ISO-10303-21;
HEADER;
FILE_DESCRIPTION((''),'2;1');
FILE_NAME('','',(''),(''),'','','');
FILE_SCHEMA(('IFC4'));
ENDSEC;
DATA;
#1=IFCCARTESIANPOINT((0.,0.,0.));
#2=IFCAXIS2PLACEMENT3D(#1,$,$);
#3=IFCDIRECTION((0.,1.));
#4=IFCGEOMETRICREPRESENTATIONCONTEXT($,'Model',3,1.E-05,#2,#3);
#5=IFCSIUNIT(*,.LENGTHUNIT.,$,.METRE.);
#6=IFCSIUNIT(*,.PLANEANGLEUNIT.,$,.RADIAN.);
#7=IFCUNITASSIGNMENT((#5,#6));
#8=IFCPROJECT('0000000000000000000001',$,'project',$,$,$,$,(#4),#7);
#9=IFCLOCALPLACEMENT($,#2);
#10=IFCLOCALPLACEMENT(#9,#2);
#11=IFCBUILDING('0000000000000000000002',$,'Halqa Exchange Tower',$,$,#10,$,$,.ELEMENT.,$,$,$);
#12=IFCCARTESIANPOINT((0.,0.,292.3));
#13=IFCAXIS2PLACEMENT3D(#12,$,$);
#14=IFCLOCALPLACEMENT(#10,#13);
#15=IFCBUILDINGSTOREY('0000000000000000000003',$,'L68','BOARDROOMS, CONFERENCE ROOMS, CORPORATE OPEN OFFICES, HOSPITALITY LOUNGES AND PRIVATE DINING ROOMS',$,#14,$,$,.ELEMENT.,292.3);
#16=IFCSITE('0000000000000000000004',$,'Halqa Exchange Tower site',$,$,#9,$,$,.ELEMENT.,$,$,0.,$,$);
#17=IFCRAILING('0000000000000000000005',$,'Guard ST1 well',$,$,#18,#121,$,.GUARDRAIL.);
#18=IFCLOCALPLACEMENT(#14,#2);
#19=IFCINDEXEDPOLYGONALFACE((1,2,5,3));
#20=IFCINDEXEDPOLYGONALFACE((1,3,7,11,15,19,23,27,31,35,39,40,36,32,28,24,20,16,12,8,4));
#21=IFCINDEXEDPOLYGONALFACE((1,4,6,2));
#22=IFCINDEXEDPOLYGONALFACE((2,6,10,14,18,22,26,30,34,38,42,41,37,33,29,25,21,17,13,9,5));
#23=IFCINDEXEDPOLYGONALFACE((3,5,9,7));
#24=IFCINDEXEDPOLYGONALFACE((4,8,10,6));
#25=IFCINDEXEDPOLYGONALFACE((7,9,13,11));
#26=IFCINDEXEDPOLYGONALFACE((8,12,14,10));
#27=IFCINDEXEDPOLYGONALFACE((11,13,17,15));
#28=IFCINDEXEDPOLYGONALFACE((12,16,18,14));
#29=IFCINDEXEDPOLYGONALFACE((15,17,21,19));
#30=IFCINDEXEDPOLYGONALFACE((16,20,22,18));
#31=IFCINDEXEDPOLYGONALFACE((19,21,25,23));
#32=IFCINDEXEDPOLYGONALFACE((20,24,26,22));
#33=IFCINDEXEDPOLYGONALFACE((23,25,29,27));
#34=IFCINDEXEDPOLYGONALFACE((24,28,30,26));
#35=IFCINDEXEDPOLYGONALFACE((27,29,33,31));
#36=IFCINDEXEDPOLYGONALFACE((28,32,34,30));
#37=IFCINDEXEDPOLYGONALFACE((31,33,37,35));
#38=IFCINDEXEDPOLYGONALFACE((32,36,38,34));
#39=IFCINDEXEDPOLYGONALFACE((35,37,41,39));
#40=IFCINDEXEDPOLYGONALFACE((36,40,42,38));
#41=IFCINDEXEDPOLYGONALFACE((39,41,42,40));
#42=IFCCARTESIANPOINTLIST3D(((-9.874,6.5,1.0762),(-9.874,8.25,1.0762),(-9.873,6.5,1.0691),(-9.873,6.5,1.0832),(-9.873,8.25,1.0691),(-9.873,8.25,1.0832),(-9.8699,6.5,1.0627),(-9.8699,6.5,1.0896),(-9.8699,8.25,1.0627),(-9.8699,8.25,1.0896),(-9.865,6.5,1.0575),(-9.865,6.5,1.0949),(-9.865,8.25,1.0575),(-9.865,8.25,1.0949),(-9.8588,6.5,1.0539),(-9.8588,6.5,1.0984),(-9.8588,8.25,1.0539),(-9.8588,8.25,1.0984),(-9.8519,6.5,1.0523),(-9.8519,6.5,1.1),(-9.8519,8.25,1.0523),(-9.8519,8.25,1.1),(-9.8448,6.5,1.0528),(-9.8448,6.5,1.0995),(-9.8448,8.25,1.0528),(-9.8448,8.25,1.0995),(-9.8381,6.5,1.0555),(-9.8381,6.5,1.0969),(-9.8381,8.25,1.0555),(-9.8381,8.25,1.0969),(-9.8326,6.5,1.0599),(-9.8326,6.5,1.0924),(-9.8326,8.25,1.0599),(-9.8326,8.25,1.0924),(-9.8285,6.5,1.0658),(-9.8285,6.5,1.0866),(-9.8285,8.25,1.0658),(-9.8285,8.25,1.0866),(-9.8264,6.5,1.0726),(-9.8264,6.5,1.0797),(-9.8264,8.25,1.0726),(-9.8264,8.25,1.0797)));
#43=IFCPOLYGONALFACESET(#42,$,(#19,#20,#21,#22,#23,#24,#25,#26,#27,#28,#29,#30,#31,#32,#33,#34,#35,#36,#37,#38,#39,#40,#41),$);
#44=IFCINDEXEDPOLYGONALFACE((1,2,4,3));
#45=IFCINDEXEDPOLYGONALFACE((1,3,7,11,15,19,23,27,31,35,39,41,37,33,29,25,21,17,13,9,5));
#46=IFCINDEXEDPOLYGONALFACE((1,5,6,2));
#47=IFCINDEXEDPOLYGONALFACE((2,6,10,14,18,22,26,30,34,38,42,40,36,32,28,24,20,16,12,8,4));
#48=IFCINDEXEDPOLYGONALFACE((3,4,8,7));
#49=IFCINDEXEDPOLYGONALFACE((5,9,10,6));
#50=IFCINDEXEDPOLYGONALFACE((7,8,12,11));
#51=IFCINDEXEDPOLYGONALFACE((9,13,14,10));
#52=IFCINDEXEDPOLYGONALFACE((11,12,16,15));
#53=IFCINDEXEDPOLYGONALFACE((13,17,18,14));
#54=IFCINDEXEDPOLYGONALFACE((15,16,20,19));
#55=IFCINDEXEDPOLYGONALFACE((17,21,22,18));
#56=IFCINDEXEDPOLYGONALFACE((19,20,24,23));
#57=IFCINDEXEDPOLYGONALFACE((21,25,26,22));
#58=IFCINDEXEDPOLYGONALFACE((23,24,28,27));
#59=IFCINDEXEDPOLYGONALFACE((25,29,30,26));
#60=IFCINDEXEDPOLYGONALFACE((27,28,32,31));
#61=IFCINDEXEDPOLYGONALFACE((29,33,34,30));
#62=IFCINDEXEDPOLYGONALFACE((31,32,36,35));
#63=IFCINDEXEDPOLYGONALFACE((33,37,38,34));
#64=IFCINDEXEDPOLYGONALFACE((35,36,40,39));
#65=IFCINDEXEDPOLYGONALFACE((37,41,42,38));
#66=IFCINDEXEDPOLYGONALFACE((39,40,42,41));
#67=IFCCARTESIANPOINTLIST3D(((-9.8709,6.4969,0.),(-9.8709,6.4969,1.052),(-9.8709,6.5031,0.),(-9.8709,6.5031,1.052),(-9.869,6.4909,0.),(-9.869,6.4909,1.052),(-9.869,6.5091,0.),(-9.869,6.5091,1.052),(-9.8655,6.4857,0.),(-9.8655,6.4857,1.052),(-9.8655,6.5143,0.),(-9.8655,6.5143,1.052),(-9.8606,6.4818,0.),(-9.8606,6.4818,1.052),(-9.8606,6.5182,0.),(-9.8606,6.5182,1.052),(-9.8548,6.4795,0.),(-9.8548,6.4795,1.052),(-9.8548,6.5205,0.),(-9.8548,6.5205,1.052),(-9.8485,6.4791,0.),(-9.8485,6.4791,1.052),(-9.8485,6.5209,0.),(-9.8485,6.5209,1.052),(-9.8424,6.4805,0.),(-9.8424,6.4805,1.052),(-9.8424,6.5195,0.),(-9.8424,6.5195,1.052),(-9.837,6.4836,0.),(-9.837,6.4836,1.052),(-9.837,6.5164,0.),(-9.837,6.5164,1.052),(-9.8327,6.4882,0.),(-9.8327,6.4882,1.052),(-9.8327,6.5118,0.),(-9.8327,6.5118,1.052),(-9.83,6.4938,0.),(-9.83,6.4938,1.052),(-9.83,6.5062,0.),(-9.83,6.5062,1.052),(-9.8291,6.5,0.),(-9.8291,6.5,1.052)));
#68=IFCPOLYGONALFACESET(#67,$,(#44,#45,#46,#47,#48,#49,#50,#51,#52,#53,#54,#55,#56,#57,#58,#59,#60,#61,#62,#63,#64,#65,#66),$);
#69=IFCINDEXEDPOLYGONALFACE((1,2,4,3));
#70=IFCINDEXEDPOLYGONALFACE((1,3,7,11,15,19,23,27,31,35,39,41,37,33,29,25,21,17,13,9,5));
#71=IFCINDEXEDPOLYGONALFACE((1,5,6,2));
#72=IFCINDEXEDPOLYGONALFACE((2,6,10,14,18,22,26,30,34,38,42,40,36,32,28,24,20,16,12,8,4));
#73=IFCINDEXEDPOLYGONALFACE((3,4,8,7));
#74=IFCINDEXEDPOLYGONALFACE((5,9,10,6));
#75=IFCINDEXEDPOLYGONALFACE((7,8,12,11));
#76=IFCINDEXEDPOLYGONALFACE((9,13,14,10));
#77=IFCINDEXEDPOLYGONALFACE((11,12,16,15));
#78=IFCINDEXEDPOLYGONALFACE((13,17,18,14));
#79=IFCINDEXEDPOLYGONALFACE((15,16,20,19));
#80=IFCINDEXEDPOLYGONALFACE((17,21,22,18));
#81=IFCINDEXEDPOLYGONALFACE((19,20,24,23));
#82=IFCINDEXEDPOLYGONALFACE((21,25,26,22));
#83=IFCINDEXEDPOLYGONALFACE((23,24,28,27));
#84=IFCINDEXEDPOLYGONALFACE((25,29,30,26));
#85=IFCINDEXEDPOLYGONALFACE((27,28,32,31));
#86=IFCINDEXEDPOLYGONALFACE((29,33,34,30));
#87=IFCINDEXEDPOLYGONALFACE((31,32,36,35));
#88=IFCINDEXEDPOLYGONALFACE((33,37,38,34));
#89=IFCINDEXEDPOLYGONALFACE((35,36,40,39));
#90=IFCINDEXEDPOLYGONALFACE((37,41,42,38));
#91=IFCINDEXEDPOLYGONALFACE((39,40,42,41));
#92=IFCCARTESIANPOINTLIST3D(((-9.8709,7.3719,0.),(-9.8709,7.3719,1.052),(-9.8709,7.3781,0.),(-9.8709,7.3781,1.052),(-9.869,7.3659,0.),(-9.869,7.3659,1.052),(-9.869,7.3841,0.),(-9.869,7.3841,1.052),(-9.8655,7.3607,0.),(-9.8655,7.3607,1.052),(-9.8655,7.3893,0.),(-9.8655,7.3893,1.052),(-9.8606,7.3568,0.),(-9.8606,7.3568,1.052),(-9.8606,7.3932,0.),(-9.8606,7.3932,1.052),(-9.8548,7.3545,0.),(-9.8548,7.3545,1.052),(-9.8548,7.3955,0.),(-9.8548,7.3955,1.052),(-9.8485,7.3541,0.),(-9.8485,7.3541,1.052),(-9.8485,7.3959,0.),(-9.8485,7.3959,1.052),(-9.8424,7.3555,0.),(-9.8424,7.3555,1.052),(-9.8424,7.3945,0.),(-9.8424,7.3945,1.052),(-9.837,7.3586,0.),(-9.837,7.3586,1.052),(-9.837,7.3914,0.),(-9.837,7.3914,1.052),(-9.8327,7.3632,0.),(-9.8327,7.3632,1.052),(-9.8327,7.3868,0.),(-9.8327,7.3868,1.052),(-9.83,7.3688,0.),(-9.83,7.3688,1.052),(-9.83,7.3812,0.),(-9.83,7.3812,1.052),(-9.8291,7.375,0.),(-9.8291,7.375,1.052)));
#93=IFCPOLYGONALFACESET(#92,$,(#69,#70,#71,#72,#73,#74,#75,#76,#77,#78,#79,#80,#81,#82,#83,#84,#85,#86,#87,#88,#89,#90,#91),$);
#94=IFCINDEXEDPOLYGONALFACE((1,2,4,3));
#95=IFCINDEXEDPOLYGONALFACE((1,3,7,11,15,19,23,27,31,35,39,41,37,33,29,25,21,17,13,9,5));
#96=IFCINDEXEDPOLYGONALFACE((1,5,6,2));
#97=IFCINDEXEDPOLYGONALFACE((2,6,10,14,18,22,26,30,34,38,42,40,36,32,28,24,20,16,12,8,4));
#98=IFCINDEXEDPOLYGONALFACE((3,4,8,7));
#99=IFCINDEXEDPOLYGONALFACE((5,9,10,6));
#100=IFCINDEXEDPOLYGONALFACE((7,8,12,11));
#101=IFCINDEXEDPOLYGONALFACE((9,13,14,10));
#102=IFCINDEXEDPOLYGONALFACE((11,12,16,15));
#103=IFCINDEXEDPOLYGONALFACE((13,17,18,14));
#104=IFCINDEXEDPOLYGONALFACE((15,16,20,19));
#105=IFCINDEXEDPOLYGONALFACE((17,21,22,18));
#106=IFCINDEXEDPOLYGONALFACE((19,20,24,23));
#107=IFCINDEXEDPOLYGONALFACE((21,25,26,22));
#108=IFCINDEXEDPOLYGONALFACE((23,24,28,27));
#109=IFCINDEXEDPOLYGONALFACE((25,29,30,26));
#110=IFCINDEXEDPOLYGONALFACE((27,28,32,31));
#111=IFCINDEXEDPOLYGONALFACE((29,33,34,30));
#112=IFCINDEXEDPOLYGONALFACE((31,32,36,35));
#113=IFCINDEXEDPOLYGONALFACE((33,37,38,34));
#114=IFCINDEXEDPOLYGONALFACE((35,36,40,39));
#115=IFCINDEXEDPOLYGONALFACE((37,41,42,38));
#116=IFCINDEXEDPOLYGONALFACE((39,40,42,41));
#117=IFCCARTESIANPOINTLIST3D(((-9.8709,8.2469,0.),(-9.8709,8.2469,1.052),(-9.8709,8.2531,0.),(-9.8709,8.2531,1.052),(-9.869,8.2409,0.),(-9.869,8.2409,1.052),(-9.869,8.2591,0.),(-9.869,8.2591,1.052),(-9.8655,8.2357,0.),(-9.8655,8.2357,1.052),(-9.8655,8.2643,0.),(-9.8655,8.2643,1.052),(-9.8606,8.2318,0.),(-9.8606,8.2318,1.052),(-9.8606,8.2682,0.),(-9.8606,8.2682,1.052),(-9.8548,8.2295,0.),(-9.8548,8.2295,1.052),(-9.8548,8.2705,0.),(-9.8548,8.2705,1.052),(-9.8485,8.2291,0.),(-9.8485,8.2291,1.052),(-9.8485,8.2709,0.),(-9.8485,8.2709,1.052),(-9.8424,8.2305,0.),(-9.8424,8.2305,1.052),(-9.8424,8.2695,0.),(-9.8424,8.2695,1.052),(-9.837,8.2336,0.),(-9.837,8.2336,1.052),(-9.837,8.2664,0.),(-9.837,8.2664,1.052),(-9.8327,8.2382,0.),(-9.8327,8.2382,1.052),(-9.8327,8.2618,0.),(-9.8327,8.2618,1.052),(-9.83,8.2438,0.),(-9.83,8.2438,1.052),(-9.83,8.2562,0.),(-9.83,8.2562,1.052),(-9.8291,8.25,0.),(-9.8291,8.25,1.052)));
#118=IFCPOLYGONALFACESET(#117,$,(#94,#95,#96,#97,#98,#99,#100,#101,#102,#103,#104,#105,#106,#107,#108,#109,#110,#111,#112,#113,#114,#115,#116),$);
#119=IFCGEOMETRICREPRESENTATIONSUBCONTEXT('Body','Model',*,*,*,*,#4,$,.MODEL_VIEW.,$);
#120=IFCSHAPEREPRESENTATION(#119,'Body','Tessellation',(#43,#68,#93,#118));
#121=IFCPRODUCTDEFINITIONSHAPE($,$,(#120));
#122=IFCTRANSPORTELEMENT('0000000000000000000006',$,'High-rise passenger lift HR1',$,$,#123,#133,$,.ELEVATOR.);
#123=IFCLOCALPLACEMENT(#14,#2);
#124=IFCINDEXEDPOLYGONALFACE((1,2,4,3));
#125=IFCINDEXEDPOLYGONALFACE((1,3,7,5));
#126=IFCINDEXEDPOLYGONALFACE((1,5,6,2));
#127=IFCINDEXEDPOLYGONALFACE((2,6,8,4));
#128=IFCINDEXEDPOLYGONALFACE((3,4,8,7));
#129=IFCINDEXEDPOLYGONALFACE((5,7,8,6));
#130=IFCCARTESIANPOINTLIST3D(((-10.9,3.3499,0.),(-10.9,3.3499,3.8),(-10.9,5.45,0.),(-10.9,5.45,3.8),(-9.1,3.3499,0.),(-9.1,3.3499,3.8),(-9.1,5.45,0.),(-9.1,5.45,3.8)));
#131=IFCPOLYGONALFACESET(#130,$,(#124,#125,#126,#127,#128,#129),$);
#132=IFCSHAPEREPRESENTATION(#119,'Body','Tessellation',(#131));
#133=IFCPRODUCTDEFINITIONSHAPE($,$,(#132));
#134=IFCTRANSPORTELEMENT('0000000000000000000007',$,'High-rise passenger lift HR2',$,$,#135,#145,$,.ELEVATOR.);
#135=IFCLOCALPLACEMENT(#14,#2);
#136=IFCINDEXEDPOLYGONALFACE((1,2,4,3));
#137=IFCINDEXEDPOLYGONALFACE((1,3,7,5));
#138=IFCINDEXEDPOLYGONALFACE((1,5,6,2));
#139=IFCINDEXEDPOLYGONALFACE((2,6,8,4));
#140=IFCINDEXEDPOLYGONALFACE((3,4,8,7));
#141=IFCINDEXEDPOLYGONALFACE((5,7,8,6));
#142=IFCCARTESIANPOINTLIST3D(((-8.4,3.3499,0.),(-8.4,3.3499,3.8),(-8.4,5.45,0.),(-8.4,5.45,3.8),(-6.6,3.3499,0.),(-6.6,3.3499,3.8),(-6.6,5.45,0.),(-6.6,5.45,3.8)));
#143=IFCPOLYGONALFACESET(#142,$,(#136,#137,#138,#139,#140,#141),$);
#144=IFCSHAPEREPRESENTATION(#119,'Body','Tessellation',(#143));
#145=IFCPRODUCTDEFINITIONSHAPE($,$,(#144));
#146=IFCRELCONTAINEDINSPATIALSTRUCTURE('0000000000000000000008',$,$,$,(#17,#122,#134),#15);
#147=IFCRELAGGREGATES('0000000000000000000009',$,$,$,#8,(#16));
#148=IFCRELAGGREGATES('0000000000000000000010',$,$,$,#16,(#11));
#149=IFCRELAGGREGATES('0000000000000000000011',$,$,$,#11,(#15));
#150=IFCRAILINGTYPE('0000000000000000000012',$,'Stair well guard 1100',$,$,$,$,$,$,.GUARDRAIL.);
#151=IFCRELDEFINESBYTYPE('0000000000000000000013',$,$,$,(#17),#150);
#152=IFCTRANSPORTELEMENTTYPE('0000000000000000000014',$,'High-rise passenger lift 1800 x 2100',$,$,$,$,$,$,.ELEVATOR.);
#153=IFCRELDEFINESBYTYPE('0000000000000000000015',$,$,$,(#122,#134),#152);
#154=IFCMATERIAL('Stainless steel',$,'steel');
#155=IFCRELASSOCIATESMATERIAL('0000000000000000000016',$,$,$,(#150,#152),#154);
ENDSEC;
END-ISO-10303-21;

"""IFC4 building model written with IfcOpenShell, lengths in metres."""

from ifc_helpers import new_model, si_unit, direction, frame, origin, origin_2d, place, context, subcontext, project, spatial, rectangle, circle, extrude, material, type_object, element, save


model = new_model("IFC4")

# Units and contexts
model_context = context("Model", 3, precision=1e-05, world=origin(), true_north=direction((0.0, 1.0)))
body_context = subcontext(model_context, "Body", "Model", "MODEL_VIEW")
ifc_project = project(units=[si_unit("LENGTHUNIT", "METRE"), si_unit("PLANEANGLEUNIT", "RADIAN")], contexts=[model_context])

# Site, building, storey
site_placement = place(None, origin())
site = spatial("IfcSite", under=ifc_project, at=site_placement, Name="Halqa Exchange Tower site", CompositionType="ELEMENT", RefElevation=0.0)
building_placement = place(site_placement, origin())
building = spatial("IfcBuilding", under=site, at=building_placement, Name="Halqa Exchange Tower", CompositionType="ELEMENT")
storey_placement = place(building_placement, frame((0.0, 0.0, 292.3)))
storey = spatial("IfcBuildingStorey", under=building, at=storey_placement, Name="L68", Description="BOARDROOMS, CONFERENCE ROOMS, CORPORATE OPEN OFFICES, HOSPITALITY LOUNGES AND PRIVATE DINING ROOMS", CompositionType="ELEMENT", Elevation=292.3)

# Shared definitions
ifc_material_1 = material(Name="Stainless steel", Category="steel")

# Railing
railing_type_1 = type_object("IfcRailingType", Name="Stair well guard 1100", PredefinedType="GUARDRAIL", material=ifc_material_1)
railing_1_placement = place(storey_placement, frame((-9.8501, 6.5, 0.0)))
element("IfcRailing", 1, at=railing_1_placement, inside=storey, type_object=railing_type_1, Name="Guard ST1 well", PredefinedType="GUARDRAIL", context=body_context, shape_type="SweptSolid", body=[
    extrude(circle(Radius=0.0239, at=origin_2d()), frame((0.0, 0.0, 1.0762), z_axis=(0.0, 1.0, 0.0), x_axis=(-1.0, 0.0, 0.0)), (0.0, 0.0, 1.0), 1.75),
    extrude(circle(Radius=0.021, at=origin_2d()), origin(), (0.0, 0.0, 1.0), 1.052),
    extrude(circle(Radius=0.021, at=origin_2d()), frame((0.0, 0.875, 0.0)), (0.0, 0.0, 1.0), 1.052),
    extrude(circle(Radius=0.021, at=origin_2d()), frame((0.0, 1.75, 0.0)), (0.0, 0.0, 1.0), 1.052),
])

# Transport elements
transport_element_type = type_object("IfcTransportElementType", Name="High-rise passenger lift 1800 x 2100", PredefinedType="ELEVATOR", material=ifc_material_1)
for number, where, z_axis, x_axis, name in (
    (2, (-10.0, 4.3999, 0.0), (0.0, 0.0, 1.0), (1.0, 0.0, 0.0), "High-rise passenger lift HR1"),
    (3, (-7.5, 4.3999, 0.0), (0.0, 0.0, 1.0), (1.0, 0.0, 0.0), "High-rise passenger lift HR2"),
):
    element("IfcTransportElement", number, at=place(storey_placement, frame(where, z_axis=z_axis, x_axis=x_axis)), inside=storey, type_object=transport_element_type, Name=name, PredefinedType="ELEVATOR", context=body_context, shape_type="SweptSolid", body=[
        extrude(rectangle(XDim=1.8, YDim=2.1001, at=origin_2d()), origin(), (0.0, 0.0, 1.0), 3.8),
    ])

save(model, "model.ifc")
